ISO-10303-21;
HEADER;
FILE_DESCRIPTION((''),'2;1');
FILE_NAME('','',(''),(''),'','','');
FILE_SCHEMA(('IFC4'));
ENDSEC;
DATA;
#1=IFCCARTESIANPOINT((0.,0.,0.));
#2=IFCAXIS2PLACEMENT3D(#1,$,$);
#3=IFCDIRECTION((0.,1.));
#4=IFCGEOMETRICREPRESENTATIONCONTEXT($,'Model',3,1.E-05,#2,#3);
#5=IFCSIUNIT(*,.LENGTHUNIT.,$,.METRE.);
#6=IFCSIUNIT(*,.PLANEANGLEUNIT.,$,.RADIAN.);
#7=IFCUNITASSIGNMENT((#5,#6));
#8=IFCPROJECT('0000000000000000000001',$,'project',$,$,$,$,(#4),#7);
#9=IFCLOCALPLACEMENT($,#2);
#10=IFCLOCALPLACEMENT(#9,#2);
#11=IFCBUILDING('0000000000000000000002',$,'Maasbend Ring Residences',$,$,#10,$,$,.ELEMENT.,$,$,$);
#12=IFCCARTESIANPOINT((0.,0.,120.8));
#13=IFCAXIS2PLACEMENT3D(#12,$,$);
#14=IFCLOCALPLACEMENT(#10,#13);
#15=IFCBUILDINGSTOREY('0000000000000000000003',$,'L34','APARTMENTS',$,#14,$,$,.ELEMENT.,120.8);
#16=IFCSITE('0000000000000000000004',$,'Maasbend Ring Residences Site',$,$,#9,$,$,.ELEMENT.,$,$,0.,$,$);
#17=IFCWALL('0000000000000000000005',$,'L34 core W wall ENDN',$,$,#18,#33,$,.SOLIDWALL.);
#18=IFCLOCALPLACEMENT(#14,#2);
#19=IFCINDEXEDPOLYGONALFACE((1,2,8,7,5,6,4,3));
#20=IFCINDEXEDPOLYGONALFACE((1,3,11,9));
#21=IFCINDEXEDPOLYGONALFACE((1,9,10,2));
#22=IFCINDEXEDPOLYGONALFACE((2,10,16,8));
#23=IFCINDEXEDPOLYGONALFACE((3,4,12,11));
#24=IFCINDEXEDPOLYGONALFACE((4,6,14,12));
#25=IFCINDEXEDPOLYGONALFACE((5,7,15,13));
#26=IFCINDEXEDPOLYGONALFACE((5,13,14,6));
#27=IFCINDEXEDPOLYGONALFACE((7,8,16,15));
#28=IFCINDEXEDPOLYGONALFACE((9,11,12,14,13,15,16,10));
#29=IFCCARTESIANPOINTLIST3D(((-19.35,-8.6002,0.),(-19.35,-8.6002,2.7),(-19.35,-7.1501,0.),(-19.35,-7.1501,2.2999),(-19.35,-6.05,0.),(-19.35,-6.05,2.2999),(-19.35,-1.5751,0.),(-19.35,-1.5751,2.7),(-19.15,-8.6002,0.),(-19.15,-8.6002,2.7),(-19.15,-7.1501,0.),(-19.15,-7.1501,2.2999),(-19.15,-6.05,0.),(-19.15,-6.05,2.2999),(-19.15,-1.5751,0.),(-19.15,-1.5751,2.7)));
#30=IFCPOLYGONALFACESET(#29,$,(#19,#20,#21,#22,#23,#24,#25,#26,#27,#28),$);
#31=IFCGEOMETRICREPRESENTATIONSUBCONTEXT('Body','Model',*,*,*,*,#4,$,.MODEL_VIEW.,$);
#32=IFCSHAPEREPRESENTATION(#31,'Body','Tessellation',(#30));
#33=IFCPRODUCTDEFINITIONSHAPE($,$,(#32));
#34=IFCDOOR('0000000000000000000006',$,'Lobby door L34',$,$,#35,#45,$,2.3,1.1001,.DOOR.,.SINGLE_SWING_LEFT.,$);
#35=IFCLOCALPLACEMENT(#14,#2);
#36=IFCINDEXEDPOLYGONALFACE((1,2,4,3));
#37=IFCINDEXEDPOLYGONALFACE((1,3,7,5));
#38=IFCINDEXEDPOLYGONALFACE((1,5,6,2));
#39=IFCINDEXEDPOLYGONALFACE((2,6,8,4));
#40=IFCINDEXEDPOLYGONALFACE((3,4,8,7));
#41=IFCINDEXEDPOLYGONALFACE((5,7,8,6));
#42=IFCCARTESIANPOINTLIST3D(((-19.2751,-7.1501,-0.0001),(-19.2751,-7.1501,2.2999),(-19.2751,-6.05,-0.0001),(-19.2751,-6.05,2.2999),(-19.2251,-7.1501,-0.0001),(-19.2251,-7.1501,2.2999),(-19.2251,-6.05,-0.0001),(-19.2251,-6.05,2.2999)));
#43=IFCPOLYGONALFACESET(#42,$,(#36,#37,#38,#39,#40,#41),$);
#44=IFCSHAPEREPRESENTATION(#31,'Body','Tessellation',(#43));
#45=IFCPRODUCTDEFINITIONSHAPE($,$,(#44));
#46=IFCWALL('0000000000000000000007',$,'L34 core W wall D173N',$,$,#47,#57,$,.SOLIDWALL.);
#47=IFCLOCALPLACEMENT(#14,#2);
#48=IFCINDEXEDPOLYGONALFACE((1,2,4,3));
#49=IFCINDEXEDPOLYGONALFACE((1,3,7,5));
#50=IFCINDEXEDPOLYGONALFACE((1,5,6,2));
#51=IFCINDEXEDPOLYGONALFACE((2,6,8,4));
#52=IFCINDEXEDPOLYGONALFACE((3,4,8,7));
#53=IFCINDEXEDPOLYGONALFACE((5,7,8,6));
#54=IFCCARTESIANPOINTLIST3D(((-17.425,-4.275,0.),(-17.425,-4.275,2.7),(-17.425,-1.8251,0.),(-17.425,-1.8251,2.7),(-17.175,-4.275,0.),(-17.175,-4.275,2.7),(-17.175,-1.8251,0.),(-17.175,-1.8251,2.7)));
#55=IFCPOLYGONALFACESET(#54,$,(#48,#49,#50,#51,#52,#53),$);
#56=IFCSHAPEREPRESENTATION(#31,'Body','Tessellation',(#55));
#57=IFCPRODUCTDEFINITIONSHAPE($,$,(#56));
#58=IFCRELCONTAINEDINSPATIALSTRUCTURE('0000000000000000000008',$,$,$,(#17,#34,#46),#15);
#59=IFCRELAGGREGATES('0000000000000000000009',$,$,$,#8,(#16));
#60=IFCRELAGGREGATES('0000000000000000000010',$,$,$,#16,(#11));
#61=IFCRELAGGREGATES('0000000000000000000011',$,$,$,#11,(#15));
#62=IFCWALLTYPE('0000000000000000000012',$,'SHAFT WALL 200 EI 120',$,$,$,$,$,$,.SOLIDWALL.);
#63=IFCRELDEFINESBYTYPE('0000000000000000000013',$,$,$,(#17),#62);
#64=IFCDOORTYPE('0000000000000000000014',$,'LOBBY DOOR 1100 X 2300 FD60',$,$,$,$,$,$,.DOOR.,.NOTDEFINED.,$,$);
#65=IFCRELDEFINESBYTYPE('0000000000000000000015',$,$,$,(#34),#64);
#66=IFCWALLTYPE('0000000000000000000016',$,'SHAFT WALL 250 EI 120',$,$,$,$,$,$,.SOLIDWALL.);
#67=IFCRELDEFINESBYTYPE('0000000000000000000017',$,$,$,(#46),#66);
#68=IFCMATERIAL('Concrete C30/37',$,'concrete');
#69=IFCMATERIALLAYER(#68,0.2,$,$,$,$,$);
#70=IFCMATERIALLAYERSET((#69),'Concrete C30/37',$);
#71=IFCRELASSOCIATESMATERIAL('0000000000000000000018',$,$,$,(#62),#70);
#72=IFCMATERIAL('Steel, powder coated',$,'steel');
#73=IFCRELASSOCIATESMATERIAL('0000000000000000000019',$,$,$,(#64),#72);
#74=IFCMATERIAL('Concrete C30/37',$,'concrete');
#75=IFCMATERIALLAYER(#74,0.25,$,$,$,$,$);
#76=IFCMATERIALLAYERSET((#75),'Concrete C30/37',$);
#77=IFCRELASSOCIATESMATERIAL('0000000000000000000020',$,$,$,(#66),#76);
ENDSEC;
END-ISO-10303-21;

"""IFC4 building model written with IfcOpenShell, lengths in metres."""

from ifc_helpers import new_model, si_unit, direction, frame, frame_2d, origin, place, context, subcontext, project, spatial, rectangle, extrude, material, layer, layer_set, type_object, element, fill, save


model = new_model("IFC4")

# Units and contexts
model_context = context("Model", 3, precision=1e-05, world=origin(), true_north=direction((0.0, 1.0)))
body_context = subcontext(model_context, "Body", "Model", "MODEL_VIEW")
ifc_project = project(units=[si_unit("LENGTHUNIT", "METRE"), si_unit("PLANEANGLEUNIT", "RADIAN")], contexts=[model_context])

# Site, building, storey
site_placement = place(None, origin())
site = spatial("IfcSite", under=ifc_project, at=site_placement, Name="Maasbend Ring Residences Site", CompositionType="ELEMENT", RefElevation=0.0)
building_placement = place(site_placement, origin())
building = spatial("IfcBuilding", under=site, at=building_placement, Name="Maasbend Ring Residences", CompositionType="ELEMENT")
storey_placement = place(building_placement, frame((0.0, 0.0, 120.8)))
storey = spatial("IfcBuildingStorey", under=building, at=storey_placement, Name="L34", Description="APARTMENTS", CompositionType="ELEMENT", Elevation=120.8)

# Wall, opening, door
ifc_material_1 = material(Name="Concrete C30/37", Category="concrete")
ifc_layer_1 = layer(ifc_material_1, 0.2)
ifc_layer_set_1 = layer_set([ifc_layer_1], Name="Concrete C30/37")
wall_type_1 = type_object("IfcWallType", Name="SHAFT WALL 200 EI 120", PredefinedType="SOLIDWALL", material=ifc_layer_set_1)
wall_1_placement = place(storey_placement, frame((-19.25, -1.575, 0.0), z_axis=(0.0, 0.0, 1.0), x_axis=(0.0, -1.0, 0.0)))
wall_1 = element("IfcWall", 1, at=wall_1_placement, inside=storey, type_object=wall_type_1, Name="L34 core W wall ENDN", PredefinedType="SOLIDWALL", context=body_context, shape_type="SweptSolid", body=[
    extrude(rectangle(XDim=7.0251, YDim=0.2, at=frame_2d((3.5127, 0.0))), origin(), (0.0, 0.0, 1.0), 2.7),
])
opening_1_placement = place(wall_1_placement, frame((4.4751, 0.0, 0.0)))
opening_1 = element("IfcOpeningElement", 2, at=opening_1_placement, cuts=wall_1, PredefinedType="OPENING", context=body_context, shape_type="SweptSolid", body=[
    extrude(rectangle(XDim=1.1001, YDim=2.3, at=frame_2d((0.55, 1.1499))), frame((0.0, 0.1099, 0.0), z_axis=(0.0, -1.0, 0.0), x_axis=(1.0, 0.0, 0.0)), (0.0, 0.0, 1.0), 0.22),
])
ifc_material_2 = material(Name="Steel, powder coated", Category="steel")
door_type_1 = type_object("IfcDoorType", Name="LOBBY DOOR 1100 X 2300 FD60", OperationType="NOTDEFINED", PredefinedType="DOOR", material=ifc_material_2)
door_1_placement = place(opening_1_placement, origin())
door_1 = element("IfcDoor", 3, at=door_1_placement, inside=storey, type_object=door_type_1, Name="Lobby door L34", OperationType="SINGLE_SWING_LEFT", OverallHeight=2.3, OverallWidth=1.1001, PredefinedType="DOOR", context=body_context, shape_type="SweptSolid", body=[
    extrude(rectangle(XDim=1.1001, YDim=2.3, at=frame_2d((0.55, 1.1499))), frame((0.0, 0.0249, 0.0), z_axis=(0.0, -1.0, 0.0), x_axis=(1.0, 0.0, 0.0)), (0.0, 0.0, 1.0), 0.05),
])
fill(opening_1, door_1)

# Wall
ifc_material_3 = material(Name="Concrete C30/37", Category="concrete")
ifc_layer_2 = layer(ifc_material_3, 0.25)
ifc_layer_set_2 = layer_set([ifc_layer_2], Name="Concrete C30/37")
wall_type_2 = type_object("IfcWallType", Name="SHAFT WALL 250 EI 120", PredefinedType="SOLIDWALL", material=ifc_layer_set_2)
wall_2_placement = place(storey_placement, frame((-17.3, -1.825, 0.0), z_axis=(0.0, 0.0, 1.0), x_axis=(0.0, -1.0, 0.0)))
element("IfcWall", 4, at=wall_2_placement, inside=storey, type_object=wall_type_2, Name="L34 core W wall D173N", PredefinedType="SOLIDWALL", context=body_context, shape_type="SweptSolid", body=[
    extrude(rectangle(XDim=2.45, YDim=0.25, at=frame_2d((1.2251, 0.0))), origin(), (0.0, 0.0, 1.0), 2.7),
])

save(model, "model.ifc")
